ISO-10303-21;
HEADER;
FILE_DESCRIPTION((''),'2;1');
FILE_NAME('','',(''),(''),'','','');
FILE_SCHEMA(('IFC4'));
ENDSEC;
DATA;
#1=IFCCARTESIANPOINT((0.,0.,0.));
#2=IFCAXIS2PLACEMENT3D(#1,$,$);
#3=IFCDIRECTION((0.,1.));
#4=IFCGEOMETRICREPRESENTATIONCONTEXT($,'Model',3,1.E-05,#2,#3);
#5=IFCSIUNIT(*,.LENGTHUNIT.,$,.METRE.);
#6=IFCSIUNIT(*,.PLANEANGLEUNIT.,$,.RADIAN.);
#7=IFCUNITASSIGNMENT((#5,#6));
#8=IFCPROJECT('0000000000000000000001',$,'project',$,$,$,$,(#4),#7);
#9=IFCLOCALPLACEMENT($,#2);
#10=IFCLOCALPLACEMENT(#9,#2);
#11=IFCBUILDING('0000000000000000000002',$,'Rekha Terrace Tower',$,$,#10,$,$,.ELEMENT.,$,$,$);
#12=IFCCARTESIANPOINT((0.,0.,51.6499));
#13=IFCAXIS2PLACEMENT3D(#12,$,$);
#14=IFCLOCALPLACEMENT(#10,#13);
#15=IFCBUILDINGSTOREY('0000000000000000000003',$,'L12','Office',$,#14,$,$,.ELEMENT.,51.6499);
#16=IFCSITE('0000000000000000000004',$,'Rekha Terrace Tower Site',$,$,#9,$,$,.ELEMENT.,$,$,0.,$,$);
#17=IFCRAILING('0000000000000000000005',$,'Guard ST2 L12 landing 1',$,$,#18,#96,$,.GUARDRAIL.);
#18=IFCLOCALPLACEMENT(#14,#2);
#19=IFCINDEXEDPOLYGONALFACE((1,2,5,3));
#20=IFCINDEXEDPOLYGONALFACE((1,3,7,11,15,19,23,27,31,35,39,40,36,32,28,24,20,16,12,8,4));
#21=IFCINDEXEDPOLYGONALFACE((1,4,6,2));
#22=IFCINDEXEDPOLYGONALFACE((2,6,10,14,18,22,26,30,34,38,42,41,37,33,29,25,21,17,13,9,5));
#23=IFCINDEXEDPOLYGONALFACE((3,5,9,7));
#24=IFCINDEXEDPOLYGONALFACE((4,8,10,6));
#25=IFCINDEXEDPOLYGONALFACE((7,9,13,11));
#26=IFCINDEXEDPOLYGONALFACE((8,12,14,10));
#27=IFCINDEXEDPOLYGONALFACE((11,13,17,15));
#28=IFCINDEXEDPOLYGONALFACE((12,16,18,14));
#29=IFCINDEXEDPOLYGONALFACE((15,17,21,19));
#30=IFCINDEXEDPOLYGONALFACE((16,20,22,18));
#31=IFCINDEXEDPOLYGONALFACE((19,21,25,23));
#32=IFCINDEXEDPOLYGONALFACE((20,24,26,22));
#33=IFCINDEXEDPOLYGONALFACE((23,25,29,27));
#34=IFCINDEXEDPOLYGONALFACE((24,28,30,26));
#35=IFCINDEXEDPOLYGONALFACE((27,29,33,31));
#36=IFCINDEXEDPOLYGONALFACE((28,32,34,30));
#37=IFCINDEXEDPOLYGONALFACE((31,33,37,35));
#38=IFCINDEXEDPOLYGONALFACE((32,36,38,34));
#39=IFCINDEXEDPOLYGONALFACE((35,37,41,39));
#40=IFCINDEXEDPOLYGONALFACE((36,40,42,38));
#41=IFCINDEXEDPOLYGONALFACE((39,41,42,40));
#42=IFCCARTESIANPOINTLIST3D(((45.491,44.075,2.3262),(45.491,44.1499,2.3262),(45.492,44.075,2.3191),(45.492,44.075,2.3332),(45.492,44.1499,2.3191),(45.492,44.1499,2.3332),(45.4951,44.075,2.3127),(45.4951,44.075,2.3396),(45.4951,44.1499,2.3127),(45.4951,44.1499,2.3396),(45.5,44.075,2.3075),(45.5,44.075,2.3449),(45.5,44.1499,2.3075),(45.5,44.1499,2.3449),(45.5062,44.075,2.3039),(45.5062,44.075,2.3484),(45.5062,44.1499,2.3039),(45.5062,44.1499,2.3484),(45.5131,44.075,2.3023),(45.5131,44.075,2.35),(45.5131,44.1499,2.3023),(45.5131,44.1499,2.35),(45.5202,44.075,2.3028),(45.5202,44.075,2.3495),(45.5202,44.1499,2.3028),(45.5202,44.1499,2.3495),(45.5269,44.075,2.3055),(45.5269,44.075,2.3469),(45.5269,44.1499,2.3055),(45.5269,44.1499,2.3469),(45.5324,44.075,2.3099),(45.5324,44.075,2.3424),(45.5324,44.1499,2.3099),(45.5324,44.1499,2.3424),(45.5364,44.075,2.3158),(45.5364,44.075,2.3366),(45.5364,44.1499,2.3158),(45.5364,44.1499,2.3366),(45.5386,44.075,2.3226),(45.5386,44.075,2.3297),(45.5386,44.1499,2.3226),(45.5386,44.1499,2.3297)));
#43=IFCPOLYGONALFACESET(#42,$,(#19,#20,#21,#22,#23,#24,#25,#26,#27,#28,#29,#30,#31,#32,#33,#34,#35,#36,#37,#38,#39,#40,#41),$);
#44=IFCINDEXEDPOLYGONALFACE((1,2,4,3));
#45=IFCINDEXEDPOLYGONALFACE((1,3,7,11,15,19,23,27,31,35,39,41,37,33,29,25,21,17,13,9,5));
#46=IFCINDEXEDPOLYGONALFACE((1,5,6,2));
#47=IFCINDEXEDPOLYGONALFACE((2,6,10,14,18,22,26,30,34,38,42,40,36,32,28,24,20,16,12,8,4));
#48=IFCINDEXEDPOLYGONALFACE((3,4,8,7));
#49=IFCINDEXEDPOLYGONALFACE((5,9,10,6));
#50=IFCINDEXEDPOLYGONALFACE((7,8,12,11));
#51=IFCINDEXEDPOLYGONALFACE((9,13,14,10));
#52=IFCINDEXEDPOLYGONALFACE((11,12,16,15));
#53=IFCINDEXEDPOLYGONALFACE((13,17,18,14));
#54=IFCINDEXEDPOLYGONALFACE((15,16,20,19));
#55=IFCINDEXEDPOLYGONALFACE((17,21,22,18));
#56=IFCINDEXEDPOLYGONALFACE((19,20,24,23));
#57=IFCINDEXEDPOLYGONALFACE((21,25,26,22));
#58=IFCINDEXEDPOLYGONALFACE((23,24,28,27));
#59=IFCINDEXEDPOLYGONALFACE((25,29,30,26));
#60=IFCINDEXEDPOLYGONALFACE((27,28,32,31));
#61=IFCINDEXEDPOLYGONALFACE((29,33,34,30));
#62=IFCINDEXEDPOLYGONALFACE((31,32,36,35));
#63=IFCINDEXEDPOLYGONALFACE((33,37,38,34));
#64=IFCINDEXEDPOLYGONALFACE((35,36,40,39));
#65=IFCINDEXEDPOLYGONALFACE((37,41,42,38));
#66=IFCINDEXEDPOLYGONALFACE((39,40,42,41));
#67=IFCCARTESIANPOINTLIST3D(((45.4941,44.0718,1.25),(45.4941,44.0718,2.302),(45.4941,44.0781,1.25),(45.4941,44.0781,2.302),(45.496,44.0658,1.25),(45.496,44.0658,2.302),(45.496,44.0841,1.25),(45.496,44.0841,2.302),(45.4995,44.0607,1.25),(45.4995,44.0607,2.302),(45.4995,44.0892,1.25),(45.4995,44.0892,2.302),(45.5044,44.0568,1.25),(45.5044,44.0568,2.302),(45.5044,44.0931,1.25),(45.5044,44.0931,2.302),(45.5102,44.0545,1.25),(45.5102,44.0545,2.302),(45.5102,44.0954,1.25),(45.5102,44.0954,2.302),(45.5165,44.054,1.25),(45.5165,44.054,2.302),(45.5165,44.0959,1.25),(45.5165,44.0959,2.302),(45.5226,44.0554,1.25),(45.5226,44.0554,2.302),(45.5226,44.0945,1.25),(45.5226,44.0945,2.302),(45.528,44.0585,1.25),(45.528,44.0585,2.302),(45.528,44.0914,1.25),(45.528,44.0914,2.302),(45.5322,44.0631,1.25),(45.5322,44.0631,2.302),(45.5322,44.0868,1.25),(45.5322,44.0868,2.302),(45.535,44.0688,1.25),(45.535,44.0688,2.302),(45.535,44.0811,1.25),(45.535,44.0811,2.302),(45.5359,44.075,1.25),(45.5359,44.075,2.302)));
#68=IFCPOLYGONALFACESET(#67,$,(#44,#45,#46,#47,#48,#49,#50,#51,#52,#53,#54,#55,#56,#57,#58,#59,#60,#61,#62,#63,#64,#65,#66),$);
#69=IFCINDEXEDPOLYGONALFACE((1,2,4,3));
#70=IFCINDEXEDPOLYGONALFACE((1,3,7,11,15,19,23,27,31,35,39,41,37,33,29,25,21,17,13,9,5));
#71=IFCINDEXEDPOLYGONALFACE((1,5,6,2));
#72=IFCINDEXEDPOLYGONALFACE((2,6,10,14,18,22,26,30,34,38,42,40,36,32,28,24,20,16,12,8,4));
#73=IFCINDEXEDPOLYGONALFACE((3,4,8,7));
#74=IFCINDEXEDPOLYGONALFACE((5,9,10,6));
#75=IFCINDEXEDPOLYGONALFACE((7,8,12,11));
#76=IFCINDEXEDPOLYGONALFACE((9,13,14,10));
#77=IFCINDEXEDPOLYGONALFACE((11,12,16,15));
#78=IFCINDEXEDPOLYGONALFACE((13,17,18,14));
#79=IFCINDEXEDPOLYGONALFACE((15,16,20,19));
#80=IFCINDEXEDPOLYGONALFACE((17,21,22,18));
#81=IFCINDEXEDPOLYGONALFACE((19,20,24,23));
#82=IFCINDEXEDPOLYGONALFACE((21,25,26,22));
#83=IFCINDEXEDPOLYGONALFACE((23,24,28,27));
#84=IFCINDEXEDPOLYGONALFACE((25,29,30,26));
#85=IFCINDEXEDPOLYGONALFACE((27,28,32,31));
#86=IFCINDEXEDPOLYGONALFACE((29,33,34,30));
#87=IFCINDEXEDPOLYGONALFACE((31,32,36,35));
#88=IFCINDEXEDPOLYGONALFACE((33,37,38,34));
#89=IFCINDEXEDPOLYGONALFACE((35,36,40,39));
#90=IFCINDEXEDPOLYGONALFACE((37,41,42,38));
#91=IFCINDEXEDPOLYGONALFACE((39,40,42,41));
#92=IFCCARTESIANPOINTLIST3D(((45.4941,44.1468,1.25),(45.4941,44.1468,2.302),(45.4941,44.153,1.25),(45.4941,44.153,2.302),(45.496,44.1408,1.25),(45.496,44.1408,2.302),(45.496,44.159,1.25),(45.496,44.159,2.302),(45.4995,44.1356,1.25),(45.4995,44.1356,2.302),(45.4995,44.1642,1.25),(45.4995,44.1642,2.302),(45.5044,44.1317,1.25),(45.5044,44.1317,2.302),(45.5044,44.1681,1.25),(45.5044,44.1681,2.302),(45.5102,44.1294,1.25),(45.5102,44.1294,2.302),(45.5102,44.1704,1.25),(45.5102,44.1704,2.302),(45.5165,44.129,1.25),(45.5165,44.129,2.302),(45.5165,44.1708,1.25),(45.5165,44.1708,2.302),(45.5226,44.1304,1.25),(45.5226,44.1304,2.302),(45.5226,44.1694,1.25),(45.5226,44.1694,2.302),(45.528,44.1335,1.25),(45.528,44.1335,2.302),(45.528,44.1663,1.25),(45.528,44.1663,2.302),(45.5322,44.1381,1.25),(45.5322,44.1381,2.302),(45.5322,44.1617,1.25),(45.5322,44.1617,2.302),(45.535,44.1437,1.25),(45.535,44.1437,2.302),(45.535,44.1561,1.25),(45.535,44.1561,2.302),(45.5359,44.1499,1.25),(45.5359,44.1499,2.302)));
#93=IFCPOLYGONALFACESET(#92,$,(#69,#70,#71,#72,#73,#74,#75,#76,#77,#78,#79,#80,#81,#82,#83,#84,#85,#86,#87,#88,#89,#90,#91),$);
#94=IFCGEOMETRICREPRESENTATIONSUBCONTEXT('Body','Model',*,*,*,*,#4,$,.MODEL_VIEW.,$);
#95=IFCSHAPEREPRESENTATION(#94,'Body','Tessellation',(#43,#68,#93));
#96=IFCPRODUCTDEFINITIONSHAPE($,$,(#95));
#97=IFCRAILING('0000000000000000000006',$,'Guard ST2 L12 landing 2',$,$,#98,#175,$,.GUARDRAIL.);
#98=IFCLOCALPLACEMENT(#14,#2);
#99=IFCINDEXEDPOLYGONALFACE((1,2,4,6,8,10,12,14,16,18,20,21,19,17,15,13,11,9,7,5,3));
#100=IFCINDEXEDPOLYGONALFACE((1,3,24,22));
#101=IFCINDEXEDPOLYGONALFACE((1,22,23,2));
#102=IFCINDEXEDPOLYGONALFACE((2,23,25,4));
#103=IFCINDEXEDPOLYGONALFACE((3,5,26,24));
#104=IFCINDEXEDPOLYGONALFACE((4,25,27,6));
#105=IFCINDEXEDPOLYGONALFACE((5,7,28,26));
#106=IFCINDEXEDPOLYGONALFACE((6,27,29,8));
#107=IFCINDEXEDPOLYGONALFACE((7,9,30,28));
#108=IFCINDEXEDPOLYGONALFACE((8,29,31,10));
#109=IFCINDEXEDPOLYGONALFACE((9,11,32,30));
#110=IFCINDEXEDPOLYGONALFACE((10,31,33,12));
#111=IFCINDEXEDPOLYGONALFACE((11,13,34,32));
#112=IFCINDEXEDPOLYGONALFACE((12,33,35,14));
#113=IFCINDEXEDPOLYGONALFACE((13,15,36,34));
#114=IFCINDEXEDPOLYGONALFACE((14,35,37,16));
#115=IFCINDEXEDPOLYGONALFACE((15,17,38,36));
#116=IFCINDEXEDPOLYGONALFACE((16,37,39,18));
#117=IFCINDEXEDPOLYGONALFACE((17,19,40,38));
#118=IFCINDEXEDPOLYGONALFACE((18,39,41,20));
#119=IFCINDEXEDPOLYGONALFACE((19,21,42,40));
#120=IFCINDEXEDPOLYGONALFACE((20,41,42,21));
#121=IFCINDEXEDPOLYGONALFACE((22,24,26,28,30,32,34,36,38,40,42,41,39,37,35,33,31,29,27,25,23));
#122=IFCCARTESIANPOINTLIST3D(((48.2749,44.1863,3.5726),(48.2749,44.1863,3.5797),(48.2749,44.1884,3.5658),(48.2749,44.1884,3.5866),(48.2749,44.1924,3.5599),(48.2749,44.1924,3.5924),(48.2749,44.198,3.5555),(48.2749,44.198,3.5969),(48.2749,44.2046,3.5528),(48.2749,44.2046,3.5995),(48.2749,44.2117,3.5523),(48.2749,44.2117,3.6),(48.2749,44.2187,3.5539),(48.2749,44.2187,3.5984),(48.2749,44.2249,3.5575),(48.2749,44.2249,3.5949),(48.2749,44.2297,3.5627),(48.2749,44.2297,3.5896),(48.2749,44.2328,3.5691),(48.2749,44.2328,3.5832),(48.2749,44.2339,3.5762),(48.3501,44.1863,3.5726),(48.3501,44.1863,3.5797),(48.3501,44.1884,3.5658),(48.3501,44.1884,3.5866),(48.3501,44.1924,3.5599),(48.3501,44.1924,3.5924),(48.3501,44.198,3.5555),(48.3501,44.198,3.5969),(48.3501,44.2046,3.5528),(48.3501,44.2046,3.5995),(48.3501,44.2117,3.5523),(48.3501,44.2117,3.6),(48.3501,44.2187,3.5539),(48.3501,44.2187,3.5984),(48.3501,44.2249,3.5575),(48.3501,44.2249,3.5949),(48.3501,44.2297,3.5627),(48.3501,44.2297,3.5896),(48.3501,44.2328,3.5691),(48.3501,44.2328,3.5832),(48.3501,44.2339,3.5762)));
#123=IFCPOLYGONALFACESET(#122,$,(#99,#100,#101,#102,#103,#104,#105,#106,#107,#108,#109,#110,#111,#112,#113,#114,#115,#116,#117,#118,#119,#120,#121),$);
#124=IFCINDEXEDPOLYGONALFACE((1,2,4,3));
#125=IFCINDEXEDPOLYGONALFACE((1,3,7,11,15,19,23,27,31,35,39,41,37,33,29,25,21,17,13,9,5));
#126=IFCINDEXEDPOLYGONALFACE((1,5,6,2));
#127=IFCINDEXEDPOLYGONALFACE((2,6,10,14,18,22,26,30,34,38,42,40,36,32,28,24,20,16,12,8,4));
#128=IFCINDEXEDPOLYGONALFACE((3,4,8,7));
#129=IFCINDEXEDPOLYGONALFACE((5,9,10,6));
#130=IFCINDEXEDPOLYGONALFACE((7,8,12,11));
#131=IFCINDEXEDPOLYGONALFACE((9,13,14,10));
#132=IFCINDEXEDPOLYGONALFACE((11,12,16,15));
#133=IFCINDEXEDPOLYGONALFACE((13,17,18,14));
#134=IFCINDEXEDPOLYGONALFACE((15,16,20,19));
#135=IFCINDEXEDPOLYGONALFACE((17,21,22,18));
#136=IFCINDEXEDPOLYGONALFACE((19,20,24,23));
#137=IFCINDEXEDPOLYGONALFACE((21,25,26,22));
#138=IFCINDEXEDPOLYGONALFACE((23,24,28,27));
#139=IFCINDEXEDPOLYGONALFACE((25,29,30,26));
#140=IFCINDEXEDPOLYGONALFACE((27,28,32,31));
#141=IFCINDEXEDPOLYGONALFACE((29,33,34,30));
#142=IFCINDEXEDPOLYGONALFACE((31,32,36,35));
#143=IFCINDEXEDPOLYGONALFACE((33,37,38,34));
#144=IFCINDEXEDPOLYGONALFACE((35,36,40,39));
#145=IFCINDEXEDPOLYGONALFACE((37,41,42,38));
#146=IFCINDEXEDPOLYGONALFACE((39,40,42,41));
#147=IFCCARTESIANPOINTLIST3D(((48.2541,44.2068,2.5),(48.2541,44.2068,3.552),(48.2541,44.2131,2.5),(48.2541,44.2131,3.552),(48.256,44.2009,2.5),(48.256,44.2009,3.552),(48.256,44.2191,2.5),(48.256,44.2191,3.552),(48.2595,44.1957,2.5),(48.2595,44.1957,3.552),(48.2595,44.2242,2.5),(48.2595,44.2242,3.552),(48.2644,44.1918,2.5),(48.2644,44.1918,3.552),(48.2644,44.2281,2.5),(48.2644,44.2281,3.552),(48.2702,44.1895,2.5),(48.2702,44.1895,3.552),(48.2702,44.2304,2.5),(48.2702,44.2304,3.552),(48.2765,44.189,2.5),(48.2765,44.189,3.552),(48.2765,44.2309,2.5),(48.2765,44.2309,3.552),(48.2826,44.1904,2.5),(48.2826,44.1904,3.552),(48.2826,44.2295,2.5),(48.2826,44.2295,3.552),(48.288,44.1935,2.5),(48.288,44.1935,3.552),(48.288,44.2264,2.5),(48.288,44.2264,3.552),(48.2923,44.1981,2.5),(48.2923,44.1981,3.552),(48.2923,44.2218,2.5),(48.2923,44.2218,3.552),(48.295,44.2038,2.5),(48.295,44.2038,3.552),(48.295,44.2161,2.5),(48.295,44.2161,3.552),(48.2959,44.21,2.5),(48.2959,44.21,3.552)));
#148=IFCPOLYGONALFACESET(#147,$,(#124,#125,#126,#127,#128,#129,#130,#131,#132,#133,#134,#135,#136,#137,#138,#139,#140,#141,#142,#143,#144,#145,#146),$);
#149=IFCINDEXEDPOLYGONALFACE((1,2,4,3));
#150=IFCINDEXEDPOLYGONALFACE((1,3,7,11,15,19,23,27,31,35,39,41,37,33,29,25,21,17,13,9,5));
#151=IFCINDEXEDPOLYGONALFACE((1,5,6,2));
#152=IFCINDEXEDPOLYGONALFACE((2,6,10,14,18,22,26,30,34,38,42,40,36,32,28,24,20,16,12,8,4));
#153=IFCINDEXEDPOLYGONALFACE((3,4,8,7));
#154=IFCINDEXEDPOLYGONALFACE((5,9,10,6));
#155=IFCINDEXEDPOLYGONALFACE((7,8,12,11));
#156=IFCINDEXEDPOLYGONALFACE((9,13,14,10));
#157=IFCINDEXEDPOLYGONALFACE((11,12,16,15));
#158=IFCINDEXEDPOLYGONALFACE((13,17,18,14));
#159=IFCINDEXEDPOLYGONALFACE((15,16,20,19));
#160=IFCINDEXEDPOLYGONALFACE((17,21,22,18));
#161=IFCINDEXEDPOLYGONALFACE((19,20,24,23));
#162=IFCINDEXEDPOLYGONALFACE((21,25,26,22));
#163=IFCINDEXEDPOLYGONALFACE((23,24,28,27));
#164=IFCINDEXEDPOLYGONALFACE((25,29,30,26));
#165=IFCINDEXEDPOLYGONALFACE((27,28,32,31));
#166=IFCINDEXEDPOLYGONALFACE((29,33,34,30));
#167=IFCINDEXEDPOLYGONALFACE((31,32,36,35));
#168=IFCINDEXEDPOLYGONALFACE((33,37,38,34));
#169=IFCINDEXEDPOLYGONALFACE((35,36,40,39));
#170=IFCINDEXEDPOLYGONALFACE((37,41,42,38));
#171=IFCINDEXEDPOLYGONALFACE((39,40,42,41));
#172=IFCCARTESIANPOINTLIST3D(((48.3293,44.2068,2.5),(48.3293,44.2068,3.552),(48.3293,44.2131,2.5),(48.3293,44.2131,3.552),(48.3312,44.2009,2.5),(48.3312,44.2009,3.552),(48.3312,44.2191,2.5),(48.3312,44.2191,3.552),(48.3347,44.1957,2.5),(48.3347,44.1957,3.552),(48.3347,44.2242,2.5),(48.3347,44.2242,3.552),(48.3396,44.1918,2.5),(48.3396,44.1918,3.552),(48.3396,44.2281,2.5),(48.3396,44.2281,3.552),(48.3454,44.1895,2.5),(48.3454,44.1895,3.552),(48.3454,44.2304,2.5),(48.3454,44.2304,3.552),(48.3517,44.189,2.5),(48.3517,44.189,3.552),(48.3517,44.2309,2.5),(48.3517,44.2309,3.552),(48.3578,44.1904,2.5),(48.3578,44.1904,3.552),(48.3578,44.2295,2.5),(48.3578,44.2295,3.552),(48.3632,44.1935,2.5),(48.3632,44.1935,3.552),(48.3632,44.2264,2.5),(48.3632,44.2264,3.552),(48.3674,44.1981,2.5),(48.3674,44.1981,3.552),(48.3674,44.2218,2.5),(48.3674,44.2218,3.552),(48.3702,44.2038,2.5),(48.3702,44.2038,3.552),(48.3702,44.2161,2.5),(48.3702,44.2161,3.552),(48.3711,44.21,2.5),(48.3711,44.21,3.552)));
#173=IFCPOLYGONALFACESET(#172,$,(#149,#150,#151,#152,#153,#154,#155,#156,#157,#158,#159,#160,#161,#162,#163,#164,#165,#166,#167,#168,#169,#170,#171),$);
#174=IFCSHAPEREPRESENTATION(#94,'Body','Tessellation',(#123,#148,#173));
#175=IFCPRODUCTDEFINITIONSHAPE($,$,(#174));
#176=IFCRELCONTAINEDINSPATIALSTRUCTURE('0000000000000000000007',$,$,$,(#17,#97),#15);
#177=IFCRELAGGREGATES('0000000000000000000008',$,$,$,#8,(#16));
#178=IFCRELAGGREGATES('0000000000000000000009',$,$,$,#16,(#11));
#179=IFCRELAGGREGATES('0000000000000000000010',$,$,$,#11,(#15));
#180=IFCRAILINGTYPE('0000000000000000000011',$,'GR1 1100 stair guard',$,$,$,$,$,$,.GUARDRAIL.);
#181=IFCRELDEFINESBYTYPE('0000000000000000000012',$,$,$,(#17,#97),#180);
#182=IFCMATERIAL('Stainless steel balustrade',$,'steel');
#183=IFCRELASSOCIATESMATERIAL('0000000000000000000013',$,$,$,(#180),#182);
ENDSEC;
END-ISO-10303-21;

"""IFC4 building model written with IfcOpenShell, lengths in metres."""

from ifc_helpers import new_model, si_unit, direction, frame, origin, origin_2d, place, context, subcontext, project, spatial, circle, extrude, material, type_object, element, save


model = new_model("IFC4")

# Units and contexts
model_context = context("Model", 3, precision=1e-05, world=origin(), true_north=direction((0.0, 1.0)))
body_context = subcontext(model_context, "Body", "Model", "MODEL_VIEW")
ifc_project = project(units=[si_unit("LENGTHUNIT", "METRE"), si_unit("PLANEANGLEUNIT", "RADIAN")], contexts=[model_context])

# Site, building, storey
site_placement = place(None, origin())
site = spatial("IfcSite", under=ifc_project, at=site_placement, Name="Rekha Terrace Tower Site", CompositionType="ELEMENT", RefElevation=0.0)
building_placement = place(site_placement, origin())
building = spatial("IfcBuilding", under=site, at=building_placement, Name="Rekha Terrace Tower", CompositionType="ELEMENT")
storey_placement = place(building_placement, frame((0.0, 0.0, 51.6499)))
storey = spatial("IfcBuildingStorey", under=building, at=storey_placement, Name="L12", Description="Office", CompositionType="ELEMENT", Elevation=51.6499)

# Railings
ifc_material_1 = material(Name="Stainless steel balustrade", Category="steel")
railing_type_1 = type_object("IfcRailingType", Name="GR1 1100 stair guard", PredefinedType="GUARDRAIL", material=ifc_material_1)
railing_1_placement = place(storey_placement, frame((45.5149, 44.075, 1.25)))
element("IfcRailing", 1, at=railing_1_placement, inside=storey, type_object=railing_type_1, Name="Guard ST2 L12 landing 1", PredefinedType="GUARDRAIL", context=body_context, shape_type="SweptSolid", body=[
    extrude(circle(Radius=0.0239, at=origin_2d()), frame((0.0, 0.0, 1.0762), z_axis=(0.0, 1.0, 0.0), x_axis=(-1.0, 0.0, 0.0)), (0.0, 0.0, 1.0), 0.075),
    extrude(circle(Radius=0.021, at=origin_2d()), origin(), (0.0, 0.0, 1.0), 1.052),
    extrude(circle(Radius=0.021, at=origin_2d()), frame((0.0, 0.075, 0.0)), (0.0, 0.0, 1.0), 1.052),
])
railing_2_placement = place(storey_placement, frame((48.2749, 44.21, 2.5)))
element("IfcRailing", 2, at=railing_2_placement, inside=storey, type_object=railing_type_1, Name="Guard ST2 L12 landing 2", PredefinedType="GUARDRAIL", context=body_context, shape_type="SweptSolid", body=[
    extrude(circle(Radius=0.0239, at=origin_2d()), frame((0.0, 0.0, 1.0762), z_axis=(1.0, 0.0, 0.0), x_axis=(0.0, 1.0, 0.0)), (0.0, 0.0, 1.0), 0.0752),
    extrude(circle(Radius=0.021, at=origin_2d()), origin(), (0.0, 0.0, 1.0), 1.052),
    extrude(circle(Radius=0.021, at=origin_2d()), frame((0.0752, 0.0, 0.0)), (0.0, 0.0, 1.0), 1.052),
])

save(model, "model.ifc")
